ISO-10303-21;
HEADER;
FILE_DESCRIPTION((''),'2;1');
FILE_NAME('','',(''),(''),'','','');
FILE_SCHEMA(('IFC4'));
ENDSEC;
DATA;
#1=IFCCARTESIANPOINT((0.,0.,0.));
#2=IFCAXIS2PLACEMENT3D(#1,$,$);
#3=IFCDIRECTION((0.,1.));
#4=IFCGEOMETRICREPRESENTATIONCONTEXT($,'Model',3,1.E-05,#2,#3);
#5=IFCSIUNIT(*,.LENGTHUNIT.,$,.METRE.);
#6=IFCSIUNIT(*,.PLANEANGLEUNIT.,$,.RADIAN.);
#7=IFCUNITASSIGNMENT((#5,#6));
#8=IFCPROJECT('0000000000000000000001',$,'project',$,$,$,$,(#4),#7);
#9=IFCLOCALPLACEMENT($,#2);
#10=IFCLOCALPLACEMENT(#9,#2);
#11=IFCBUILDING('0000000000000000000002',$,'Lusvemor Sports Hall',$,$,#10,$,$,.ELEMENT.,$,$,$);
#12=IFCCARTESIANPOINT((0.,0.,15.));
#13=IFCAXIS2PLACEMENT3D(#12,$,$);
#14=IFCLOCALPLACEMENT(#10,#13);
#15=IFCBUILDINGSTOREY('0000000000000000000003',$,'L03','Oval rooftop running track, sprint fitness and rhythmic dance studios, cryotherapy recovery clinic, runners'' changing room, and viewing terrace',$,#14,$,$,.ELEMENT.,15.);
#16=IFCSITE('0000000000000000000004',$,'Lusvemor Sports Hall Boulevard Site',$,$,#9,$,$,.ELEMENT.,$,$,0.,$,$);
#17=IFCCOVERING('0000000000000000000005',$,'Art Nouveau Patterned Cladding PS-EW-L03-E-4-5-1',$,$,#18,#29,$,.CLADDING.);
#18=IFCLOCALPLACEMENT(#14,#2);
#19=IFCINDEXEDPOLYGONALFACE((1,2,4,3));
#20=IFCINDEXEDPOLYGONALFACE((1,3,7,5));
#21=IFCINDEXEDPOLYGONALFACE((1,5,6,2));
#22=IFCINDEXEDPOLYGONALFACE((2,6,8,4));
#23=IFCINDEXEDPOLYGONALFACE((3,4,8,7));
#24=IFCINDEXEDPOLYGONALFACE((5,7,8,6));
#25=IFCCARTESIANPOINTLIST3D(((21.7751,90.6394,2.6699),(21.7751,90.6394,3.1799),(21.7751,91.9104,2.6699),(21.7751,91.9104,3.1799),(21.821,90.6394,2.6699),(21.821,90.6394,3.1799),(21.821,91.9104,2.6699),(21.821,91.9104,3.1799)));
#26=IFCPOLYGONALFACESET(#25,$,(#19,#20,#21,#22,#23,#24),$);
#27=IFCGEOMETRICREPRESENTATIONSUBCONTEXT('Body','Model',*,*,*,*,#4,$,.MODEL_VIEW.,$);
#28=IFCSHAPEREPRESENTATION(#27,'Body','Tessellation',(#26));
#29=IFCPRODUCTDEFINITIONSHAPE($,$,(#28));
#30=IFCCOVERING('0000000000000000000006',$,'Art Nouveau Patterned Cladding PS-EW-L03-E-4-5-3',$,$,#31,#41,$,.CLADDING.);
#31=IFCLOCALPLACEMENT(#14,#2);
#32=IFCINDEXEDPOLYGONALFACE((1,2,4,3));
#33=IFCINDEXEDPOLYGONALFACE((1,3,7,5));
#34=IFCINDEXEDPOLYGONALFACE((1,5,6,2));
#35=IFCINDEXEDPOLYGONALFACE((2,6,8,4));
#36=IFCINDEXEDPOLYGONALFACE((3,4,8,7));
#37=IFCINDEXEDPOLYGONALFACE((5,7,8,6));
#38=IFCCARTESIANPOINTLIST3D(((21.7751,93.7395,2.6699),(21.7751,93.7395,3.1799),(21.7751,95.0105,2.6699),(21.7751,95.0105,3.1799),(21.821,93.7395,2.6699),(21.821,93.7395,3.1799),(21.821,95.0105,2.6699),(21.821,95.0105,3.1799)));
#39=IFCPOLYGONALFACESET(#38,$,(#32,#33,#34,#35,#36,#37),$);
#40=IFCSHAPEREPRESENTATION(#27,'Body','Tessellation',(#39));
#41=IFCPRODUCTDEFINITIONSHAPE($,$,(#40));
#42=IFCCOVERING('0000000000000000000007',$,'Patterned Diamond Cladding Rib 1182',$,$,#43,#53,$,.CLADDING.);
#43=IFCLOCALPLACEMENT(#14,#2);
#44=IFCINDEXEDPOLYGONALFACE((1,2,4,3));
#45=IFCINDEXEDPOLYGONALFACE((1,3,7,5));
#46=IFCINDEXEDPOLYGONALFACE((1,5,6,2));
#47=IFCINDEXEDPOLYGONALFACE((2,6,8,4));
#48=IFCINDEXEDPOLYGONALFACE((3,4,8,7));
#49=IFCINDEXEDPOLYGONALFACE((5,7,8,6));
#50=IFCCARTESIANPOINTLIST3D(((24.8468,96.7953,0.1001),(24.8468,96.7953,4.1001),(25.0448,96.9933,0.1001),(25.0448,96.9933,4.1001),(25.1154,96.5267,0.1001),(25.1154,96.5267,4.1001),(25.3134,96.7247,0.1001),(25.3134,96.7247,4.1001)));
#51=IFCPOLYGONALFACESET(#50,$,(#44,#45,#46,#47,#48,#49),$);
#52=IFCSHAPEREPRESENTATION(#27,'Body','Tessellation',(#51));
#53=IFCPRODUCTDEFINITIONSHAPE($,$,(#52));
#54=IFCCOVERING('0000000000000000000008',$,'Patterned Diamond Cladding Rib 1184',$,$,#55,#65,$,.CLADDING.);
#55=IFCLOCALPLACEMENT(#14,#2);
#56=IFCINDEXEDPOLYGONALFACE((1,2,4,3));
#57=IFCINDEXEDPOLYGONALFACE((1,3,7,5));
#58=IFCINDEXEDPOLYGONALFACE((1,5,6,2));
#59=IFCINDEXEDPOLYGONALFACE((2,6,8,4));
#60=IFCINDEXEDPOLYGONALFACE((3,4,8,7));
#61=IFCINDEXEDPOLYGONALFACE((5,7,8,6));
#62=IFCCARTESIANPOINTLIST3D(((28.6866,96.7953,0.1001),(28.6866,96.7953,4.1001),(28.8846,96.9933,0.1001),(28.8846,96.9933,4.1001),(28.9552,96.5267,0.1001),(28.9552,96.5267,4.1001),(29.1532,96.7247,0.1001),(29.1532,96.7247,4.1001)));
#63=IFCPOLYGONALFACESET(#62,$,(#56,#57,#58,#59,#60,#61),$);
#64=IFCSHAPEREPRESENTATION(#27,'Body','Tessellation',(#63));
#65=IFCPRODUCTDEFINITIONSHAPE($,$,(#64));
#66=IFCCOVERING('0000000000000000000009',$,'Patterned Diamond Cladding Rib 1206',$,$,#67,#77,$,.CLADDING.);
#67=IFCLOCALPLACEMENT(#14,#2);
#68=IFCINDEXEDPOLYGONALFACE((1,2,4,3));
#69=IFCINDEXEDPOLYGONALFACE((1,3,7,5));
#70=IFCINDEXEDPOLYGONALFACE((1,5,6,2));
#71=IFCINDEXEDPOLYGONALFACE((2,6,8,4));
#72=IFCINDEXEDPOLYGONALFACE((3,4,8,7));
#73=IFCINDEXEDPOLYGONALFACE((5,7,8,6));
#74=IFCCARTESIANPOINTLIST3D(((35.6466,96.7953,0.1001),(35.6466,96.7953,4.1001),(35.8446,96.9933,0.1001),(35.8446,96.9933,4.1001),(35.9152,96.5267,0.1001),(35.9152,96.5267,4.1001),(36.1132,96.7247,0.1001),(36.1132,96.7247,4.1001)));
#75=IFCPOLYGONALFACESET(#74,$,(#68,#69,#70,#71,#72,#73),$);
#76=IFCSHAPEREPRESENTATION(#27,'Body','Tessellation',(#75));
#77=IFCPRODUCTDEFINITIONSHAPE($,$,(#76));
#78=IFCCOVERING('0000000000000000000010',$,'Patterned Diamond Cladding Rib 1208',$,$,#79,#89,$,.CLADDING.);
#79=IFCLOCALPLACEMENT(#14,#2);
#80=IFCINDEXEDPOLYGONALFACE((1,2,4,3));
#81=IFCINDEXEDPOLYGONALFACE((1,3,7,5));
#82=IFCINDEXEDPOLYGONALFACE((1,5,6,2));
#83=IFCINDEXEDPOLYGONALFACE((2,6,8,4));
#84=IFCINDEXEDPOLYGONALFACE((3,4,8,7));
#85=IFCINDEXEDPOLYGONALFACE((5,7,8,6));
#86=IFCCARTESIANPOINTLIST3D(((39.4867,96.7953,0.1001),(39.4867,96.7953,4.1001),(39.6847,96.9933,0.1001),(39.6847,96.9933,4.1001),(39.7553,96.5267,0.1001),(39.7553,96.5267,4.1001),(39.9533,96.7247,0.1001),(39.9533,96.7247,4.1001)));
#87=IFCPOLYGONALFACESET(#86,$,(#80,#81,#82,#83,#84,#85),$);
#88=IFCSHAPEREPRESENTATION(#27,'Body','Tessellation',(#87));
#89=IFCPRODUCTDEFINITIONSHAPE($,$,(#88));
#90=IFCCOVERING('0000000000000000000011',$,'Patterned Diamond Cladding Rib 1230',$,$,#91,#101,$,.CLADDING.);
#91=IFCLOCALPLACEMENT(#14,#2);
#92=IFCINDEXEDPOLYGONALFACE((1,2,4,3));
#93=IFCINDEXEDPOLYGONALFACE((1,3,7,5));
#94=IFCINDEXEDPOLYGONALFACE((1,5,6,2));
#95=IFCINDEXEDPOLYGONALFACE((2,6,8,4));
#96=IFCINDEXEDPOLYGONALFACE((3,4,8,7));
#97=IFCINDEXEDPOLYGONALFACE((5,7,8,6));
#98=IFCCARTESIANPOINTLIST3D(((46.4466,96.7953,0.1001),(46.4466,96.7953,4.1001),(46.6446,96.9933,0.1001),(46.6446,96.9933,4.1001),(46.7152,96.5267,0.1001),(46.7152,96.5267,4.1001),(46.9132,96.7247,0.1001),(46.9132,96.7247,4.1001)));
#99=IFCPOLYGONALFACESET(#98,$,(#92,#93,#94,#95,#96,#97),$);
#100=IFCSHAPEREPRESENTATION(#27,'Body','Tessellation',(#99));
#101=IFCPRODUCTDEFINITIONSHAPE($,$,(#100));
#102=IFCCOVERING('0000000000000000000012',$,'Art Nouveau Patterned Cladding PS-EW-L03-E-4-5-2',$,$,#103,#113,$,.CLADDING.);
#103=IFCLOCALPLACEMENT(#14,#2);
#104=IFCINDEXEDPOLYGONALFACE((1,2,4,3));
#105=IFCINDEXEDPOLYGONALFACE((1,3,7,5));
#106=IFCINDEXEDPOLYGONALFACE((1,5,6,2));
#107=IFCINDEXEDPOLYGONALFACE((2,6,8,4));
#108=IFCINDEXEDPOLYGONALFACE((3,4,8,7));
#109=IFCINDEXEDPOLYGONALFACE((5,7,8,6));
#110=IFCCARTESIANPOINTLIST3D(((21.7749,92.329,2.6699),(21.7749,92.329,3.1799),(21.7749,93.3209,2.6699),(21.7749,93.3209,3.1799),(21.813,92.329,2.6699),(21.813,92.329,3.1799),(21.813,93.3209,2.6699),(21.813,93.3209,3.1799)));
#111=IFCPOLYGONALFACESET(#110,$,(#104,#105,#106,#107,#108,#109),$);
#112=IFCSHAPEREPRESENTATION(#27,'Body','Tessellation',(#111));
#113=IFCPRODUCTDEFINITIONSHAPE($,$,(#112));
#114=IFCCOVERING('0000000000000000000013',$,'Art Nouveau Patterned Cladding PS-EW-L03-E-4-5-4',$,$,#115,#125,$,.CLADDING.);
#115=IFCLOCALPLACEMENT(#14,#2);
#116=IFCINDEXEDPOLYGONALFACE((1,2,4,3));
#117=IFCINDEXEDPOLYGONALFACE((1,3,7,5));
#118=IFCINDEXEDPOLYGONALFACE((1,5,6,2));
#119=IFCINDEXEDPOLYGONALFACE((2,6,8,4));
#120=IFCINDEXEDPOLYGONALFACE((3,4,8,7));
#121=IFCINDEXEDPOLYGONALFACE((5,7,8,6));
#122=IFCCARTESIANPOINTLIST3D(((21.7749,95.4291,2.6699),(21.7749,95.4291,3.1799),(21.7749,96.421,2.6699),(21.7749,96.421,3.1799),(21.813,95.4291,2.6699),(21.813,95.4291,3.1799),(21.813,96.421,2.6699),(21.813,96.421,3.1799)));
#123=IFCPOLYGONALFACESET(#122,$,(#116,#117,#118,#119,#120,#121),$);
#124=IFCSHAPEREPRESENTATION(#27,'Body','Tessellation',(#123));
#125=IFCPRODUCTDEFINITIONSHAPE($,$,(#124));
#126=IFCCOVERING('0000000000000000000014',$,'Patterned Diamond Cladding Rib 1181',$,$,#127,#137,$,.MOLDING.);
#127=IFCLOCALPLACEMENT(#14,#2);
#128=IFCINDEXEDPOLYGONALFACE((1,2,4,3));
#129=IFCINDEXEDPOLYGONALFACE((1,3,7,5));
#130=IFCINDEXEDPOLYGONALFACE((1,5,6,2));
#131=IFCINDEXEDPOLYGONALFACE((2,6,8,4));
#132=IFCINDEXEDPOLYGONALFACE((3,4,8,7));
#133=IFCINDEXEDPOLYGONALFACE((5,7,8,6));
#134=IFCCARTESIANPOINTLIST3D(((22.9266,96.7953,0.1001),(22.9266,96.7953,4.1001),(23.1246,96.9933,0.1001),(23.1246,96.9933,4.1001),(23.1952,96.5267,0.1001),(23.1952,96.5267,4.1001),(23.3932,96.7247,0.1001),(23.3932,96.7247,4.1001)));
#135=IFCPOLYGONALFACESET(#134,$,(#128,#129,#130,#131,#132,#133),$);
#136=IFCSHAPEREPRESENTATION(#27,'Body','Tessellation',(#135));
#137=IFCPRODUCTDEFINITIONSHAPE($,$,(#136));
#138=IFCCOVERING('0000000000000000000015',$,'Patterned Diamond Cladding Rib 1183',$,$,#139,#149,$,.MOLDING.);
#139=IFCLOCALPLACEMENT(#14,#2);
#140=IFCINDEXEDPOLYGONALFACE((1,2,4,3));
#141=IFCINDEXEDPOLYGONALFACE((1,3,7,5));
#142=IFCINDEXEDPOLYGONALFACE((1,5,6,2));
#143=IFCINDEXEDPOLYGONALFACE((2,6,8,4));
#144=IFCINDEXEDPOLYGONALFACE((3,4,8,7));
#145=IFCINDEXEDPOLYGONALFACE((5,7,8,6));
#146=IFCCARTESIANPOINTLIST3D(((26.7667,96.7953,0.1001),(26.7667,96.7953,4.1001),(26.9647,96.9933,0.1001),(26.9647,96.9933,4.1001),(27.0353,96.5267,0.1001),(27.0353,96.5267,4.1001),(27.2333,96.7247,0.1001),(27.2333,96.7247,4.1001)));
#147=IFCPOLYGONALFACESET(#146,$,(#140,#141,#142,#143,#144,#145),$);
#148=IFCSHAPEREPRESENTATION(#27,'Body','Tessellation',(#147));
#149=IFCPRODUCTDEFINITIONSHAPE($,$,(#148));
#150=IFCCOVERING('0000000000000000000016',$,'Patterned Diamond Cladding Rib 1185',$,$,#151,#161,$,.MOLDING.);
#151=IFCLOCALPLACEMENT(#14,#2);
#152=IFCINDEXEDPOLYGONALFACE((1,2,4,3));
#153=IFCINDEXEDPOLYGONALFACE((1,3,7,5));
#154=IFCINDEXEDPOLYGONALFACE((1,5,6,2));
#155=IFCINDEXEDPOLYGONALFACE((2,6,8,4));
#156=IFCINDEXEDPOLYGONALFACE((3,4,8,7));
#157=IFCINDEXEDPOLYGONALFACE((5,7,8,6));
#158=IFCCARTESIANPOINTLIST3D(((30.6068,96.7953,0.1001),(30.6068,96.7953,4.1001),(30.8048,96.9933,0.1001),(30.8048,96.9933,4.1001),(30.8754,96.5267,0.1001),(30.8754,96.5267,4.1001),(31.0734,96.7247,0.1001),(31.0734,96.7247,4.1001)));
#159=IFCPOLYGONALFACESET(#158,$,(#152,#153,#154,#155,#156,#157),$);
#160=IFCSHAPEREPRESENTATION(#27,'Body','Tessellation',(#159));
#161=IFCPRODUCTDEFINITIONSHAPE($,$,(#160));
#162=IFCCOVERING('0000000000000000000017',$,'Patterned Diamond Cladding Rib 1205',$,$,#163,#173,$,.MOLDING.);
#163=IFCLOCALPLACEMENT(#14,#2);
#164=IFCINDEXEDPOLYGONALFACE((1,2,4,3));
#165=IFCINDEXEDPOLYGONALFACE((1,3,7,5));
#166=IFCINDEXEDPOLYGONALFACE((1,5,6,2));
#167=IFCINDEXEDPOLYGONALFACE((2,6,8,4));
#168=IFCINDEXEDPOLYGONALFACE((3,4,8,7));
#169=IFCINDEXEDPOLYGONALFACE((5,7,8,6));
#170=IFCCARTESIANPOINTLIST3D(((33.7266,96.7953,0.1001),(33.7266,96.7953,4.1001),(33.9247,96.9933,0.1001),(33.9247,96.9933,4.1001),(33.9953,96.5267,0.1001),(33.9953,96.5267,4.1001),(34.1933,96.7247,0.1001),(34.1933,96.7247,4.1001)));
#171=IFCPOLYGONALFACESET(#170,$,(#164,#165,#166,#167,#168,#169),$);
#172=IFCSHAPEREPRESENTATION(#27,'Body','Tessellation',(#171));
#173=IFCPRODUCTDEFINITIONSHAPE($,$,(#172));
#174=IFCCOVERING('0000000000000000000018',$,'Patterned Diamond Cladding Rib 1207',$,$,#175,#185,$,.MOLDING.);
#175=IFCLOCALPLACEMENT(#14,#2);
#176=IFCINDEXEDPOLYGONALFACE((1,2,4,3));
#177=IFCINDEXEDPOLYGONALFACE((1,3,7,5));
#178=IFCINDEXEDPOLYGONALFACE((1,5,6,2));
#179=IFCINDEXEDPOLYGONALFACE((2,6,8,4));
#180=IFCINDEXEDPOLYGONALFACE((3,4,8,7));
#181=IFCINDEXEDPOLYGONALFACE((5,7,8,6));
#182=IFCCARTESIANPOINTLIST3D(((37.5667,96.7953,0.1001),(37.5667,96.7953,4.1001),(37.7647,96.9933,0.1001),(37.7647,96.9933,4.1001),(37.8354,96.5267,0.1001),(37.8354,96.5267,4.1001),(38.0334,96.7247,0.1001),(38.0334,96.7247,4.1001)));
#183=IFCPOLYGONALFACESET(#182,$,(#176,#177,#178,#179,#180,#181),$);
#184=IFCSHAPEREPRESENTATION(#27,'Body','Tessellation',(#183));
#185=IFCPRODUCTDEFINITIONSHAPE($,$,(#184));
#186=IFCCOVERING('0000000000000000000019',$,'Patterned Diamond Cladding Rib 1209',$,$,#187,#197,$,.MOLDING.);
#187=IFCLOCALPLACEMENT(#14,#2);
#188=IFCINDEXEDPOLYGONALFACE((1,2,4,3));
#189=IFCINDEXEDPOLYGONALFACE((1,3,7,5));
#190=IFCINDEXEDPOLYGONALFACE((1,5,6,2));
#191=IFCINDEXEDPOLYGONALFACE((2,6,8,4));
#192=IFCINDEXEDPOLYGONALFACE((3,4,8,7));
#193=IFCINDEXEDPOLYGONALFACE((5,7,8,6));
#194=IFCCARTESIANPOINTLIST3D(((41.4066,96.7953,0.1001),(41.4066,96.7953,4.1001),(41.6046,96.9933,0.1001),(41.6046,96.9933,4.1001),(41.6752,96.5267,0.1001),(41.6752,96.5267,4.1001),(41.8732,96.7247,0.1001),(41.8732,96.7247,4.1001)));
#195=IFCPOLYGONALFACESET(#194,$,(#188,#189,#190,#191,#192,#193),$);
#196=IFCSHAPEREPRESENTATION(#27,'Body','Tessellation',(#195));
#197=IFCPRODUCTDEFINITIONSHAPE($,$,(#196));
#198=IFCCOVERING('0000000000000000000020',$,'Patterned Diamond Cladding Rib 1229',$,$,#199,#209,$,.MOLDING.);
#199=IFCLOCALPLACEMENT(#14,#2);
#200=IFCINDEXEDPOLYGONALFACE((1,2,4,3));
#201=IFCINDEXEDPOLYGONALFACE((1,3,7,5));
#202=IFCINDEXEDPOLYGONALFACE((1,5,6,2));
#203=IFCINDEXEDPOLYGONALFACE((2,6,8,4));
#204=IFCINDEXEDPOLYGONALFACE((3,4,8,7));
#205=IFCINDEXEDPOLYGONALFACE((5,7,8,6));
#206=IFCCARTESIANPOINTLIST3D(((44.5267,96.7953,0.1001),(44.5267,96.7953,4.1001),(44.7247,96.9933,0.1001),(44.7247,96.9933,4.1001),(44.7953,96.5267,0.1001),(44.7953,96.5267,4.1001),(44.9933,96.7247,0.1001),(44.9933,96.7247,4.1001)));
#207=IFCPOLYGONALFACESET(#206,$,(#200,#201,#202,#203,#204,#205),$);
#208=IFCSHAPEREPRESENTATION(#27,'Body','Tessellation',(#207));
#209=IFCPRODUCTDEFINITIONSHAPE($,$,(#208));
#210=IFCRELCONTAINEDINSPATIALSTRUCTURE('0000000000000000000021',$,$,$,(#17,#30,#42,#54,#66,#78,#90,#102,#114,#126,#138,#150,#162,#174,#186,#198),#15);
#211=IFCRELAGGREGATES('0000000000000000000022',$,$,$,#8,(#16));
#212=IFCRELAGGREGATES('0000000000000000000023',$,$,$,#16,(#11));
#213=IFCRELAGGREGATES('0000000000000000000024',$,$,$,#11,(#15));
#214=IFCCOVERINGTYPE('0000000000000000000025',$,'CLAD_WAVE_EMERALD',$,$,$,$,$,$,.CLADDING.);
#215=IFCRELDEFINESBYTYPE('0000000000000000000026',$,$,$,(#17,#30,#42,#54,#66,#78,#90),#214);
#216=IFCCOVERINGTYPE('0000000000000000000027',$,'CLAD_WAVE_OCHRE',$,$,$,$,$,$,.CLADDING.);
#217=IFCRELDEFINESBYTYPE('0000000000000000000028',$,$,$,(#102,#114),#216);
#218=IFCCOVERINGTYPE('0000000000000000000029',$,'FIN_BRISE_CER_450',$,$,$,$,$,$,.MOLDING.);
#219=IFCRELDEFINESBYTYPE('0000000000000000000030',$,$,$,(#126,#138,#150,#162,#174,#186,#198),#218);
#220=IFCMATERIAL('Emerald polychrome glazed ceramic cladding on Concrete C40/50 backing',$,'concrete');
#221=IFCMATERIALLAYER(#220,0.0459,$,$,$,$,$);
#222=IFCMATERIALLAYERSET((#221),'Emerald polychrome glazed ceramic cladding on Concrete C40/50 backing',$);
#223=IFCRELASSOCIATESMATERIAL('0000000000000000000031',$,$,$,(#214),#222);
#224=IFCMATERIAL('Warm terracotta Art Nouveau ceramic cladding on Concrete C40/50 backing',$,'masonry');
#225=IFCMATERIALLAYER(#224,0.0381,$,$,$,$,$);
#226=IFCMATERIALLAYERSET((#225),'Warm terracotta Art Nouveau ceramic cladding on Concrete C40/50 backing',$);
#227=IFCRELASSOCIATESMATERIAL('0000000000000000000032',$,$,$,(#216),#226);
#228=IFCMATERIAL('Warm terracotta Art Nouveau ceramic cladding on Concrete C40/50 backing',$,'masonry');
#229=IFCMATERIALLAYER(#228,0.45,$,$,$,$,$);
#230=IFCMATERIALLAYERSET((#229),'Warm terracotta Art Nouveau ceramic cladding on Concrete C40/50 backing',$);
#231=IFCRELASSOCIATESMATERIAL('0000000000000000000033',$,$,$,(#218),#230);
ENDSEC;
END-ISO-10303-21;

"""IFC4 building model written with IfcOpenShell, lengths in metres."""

from ifc_helpers import new_model, si_unit, direction, frame, origin, origin_2d, place, context, subcontext, project, spatial, rectangle, extrude, material, layer, layer_set, type_object, element, save


model = new_model("IFC4")

# Units and contexts
model_context = context("Model", 3, precision=1e-05, world=origin(), true_north=direction((0.0, 1.0)))
body_context = subcontext(model_context, "Body", "Model", "MODEL_VIEW")
ifc_project = project(units=[si_unit("LENGTHUNIT", "METRE"), si_unit("PLANEANGLEUNIT", "RADIAN")], contexts=[model_context])

# Site, building, storey
site_placement = place(None, origin())
site = spatial("IfcSite", under=ifc_project, at=site_placement, Name="Lusvemor Sports Hall Boulevard Site", CompositionType="ELEMENT", RefElevation=0.0)
building_placement = place(site_placement, origin())
building = spatial("IfcBuilding", under=site, at=building_placement, Name="Lusvemor Sports Hall", CompositionType="ELEMENT")
storey_placement = place(building_placement, frame((0.0, 0.0, 15.0)))
storey = spatial("IfcBuildingStorey", under=building, at=storey_placement, Name="L03", Description="Oval rooftop running track, sprint fitness and rhythmic dance studios, cryotherapy recovery clinic, runners' changing room, and viewing terrace", CompositionType="ELEMENT", Elevation=15.0)

# Coverings
ifc_material_1 = material(Name="Emerald polychrome glazed ceramic cladding on Concrete C40/50 backing", Category="concrete")
ifc_layer_1 = layer(ifc_material_1, 0.0459)
ifc_layer_set_1 = layer_set([ifc_layer_1], Name="Emerald polychrome glazed ceramic cladding on Concrete C40/50 backing")
covering_type_1 = type_object("IfcCoveringType", Name="CLAD_WAVE_EMERALD", PredefinedType="CLADDING", material=ifc_layer_set_1)
for number, where, z_axis, x_axis, name in (
    (1, (21.7981, 91.2749, 2.6699), (0.0, 0.0, 1.0), (1.0, 0.0, 0.0), "Art Nouveau Patterned Cladding PS-EW-L03-E-4-5-1"),
    (2, (21.7981, 94.375, 2.6699), (0.0, 0.0, 1.0), (1.0, 0.0, 0.0), "Art Nouveau Patterned Cladding PS-EW-L03-E-4-5-3"),
):
    element("IfcCovering", number, at=place(storey_placement, frame(where, z_axis=z_axis, x_axis=x_axis)), inside=storey, type_object=covering_type_1, Name=name, PredefinedType="CLADDING", context=body_context, shape_type="SweptSolid", body=[
        extrude(rectangle(XDim=0.0459, YDim=1.271, at=origin_2d()), origin(), (0.0, 0.0, 1.0), 0.51),
    ])
for number, where, z_axis, x_axis, name in (
    (3, (25.0801, 96.76, 0.1001), (0.0, 0.0, 1.0), (0.707107, 0.707107, 0.0), "Patterned Diamond Cladding Rib 1182"),
    (4, (28.9199, 96.76, 0.1001), (0.0, 0.0, 1.0), (0.707107, 0.707107, 0.0), "Patterned Diamond Cladding Rib 1184"),
    (5, (35.8799, 96.76, 0.1001), (0.0, 0.0, 1.0), (0.707107, 0.707107, 0.0), "Patterned Diamond Cladding Rib 1206"),
    (6, (39.72, 96.76, 0.1001), (0.0, 0.0, 1.0), (0.707107, 0.707107, 0.0), "Patterned Diamond Cladding Rib 1208"),
    (7, (46.6799, 96.76, 0.1001), (0.0, 0.0, 1.0), (0.707107, 0.707107, 0.0), "Patterned Diamond Cladding Rib 1230"),
):
    element("IfcCovering", number, at=place(storey_placement, frame(where, z_axis=z_axis, x_axis=x_axis)), inside=storey, type_object=covering_type_1, Name=name, PredefinedType="CLADDING", context=body_context, shape_type="SweptSolid", body=[
        extrude(rectangle(XDim=0.28, YDim=0.3799, at=origin_2d()), origin(), (0.0, 0.0, 1.0), 4.0),
    ])
ifc_material_2 = material(Name="Warm terracotta Art Nouveau ceramic cladding on Concrete C40/50 backing", Category="masonry")
ifc_layer_2 = layer(ifc_material_2, 0.0381)
ifc_layer_set_2 = layer_set([ifc_layer_2], Name="Warm terracotta Art Nouveau ceramic cladding on Concrete C40/50 backing")
covering_type_2 = type_object("IfcCoveringType", Name="CLAD_WAVE_OCHRE", PredefinedType="CLADDING", material=ifc_layer_set_2)
for number, where, z_axis, x_axis, name in (
    (8, (21.7939, 92.825, 2.6699), (0.0, 0.0, 1.0), (1.0, 0.0, 0.0), "Art Nouveau Patterned Cladding PS-EW-L03-E-4-5-2"),
    (9, (21.7939, 95.925, 2.6699), (0.0, 0.0, 1.0), (1.0, 0.0, 0.0), "Art Nouveau Patterned Cladding PS-EW-L03-E-4-5-4"),
):
    element("IfcCovering", number, at=place(storey_placement, frame(where, z_axis=z_axis, x_axis=x_axis)), inside=storey, type_object=covering_type_2, Name=name, PredefinedType="CLADDING", context=body_context, shape_type="SweptSolid", body=[
        extrude(rectangle(XDim=0.0381, YDim=0.9919, at=origin_2d()), origin(), (0.0, 0.0, 1.0), 0.51),
    ])
ifc_material_3 = material(Name="Warm terracotta Art Nouveau ceramic cladding on Concrete C40/50 backing", Category="masonry")
ifc_layer_3 = layer(ifc_material_3, 0.45)
ifc_layer_set_3 = layer_set([ifc_layer_3], Name="Warm terracotta Art Nouveau ceramic cladding on Concrete C40/50 backing")
covering_type_3 = type_object("IfcCoveringType", Name="FIN_BRISE_CER_450", PredefinedType="MOLDING", material=ifc_layer_set_3)
for number, where, z_axis, x_axis, name in (
    (10, (23.1599, 96.76, 0.1001), (0.0, 0.0, 1.0), (0.707107, 0.707107, 0.0), "Patterned Diamond Cladding Rib 1181"),
    (11, (27.0, 96.76, 0.1001), (0.0, 0.0, 1.0), (0.707107, 0.707107, 0.0), "Patterned Diamond Cladding Rib 1183"),
    (12, (30.8401, 96.76, 0.1001), (0.0, 0.0, 1.0), (0.707107, 0.707107, 0.0), "Patterned Diamond Cladding Rib 1185"),
    (13, (33.96, 96.76, 0.1001), (0.0, 0.0, 1.0), (0.707107, 0.707107, 0.0), "Patterned Diamond Cladding Rib 1205"),
    (14, (37.8, 96.76, 0.1001), (0.0, 0.0, 1.0), (0.707107, 0.707107, 0.0), "Patterned Diamond Cladding Rib 1207"),
    (15, (41.6399, 96.76, 0.1001), (0.0, 0.0, 1.0), (0.707107, 0.707107, 0.0), "Patterned Diamond Cladding Rib 1209"),
    (16, (44.76, 96.76, 0.1001), (0.0, 0.0, 1.0), (0.707107, 0.707107, 0.0), "Patterned Diamond Cladding Rib 1229"),
):
    element("IfcCovering", number, at=place(storey_placement, frame(where, z_axis=z_axis, x_axis=x_axis)), inside=storey, type_object=covering_type_3, Name=name, PredefinedType="MOLDING", context=body_context, shape_type="SweptSolid", body=[
        extrude(rectangle(XDim=0.28, YDim=0.3799, at=origin_2d()), origin(), (0.0, 0.0, 1.0), 4.0),
    ])

save(model, "model.ifc")
